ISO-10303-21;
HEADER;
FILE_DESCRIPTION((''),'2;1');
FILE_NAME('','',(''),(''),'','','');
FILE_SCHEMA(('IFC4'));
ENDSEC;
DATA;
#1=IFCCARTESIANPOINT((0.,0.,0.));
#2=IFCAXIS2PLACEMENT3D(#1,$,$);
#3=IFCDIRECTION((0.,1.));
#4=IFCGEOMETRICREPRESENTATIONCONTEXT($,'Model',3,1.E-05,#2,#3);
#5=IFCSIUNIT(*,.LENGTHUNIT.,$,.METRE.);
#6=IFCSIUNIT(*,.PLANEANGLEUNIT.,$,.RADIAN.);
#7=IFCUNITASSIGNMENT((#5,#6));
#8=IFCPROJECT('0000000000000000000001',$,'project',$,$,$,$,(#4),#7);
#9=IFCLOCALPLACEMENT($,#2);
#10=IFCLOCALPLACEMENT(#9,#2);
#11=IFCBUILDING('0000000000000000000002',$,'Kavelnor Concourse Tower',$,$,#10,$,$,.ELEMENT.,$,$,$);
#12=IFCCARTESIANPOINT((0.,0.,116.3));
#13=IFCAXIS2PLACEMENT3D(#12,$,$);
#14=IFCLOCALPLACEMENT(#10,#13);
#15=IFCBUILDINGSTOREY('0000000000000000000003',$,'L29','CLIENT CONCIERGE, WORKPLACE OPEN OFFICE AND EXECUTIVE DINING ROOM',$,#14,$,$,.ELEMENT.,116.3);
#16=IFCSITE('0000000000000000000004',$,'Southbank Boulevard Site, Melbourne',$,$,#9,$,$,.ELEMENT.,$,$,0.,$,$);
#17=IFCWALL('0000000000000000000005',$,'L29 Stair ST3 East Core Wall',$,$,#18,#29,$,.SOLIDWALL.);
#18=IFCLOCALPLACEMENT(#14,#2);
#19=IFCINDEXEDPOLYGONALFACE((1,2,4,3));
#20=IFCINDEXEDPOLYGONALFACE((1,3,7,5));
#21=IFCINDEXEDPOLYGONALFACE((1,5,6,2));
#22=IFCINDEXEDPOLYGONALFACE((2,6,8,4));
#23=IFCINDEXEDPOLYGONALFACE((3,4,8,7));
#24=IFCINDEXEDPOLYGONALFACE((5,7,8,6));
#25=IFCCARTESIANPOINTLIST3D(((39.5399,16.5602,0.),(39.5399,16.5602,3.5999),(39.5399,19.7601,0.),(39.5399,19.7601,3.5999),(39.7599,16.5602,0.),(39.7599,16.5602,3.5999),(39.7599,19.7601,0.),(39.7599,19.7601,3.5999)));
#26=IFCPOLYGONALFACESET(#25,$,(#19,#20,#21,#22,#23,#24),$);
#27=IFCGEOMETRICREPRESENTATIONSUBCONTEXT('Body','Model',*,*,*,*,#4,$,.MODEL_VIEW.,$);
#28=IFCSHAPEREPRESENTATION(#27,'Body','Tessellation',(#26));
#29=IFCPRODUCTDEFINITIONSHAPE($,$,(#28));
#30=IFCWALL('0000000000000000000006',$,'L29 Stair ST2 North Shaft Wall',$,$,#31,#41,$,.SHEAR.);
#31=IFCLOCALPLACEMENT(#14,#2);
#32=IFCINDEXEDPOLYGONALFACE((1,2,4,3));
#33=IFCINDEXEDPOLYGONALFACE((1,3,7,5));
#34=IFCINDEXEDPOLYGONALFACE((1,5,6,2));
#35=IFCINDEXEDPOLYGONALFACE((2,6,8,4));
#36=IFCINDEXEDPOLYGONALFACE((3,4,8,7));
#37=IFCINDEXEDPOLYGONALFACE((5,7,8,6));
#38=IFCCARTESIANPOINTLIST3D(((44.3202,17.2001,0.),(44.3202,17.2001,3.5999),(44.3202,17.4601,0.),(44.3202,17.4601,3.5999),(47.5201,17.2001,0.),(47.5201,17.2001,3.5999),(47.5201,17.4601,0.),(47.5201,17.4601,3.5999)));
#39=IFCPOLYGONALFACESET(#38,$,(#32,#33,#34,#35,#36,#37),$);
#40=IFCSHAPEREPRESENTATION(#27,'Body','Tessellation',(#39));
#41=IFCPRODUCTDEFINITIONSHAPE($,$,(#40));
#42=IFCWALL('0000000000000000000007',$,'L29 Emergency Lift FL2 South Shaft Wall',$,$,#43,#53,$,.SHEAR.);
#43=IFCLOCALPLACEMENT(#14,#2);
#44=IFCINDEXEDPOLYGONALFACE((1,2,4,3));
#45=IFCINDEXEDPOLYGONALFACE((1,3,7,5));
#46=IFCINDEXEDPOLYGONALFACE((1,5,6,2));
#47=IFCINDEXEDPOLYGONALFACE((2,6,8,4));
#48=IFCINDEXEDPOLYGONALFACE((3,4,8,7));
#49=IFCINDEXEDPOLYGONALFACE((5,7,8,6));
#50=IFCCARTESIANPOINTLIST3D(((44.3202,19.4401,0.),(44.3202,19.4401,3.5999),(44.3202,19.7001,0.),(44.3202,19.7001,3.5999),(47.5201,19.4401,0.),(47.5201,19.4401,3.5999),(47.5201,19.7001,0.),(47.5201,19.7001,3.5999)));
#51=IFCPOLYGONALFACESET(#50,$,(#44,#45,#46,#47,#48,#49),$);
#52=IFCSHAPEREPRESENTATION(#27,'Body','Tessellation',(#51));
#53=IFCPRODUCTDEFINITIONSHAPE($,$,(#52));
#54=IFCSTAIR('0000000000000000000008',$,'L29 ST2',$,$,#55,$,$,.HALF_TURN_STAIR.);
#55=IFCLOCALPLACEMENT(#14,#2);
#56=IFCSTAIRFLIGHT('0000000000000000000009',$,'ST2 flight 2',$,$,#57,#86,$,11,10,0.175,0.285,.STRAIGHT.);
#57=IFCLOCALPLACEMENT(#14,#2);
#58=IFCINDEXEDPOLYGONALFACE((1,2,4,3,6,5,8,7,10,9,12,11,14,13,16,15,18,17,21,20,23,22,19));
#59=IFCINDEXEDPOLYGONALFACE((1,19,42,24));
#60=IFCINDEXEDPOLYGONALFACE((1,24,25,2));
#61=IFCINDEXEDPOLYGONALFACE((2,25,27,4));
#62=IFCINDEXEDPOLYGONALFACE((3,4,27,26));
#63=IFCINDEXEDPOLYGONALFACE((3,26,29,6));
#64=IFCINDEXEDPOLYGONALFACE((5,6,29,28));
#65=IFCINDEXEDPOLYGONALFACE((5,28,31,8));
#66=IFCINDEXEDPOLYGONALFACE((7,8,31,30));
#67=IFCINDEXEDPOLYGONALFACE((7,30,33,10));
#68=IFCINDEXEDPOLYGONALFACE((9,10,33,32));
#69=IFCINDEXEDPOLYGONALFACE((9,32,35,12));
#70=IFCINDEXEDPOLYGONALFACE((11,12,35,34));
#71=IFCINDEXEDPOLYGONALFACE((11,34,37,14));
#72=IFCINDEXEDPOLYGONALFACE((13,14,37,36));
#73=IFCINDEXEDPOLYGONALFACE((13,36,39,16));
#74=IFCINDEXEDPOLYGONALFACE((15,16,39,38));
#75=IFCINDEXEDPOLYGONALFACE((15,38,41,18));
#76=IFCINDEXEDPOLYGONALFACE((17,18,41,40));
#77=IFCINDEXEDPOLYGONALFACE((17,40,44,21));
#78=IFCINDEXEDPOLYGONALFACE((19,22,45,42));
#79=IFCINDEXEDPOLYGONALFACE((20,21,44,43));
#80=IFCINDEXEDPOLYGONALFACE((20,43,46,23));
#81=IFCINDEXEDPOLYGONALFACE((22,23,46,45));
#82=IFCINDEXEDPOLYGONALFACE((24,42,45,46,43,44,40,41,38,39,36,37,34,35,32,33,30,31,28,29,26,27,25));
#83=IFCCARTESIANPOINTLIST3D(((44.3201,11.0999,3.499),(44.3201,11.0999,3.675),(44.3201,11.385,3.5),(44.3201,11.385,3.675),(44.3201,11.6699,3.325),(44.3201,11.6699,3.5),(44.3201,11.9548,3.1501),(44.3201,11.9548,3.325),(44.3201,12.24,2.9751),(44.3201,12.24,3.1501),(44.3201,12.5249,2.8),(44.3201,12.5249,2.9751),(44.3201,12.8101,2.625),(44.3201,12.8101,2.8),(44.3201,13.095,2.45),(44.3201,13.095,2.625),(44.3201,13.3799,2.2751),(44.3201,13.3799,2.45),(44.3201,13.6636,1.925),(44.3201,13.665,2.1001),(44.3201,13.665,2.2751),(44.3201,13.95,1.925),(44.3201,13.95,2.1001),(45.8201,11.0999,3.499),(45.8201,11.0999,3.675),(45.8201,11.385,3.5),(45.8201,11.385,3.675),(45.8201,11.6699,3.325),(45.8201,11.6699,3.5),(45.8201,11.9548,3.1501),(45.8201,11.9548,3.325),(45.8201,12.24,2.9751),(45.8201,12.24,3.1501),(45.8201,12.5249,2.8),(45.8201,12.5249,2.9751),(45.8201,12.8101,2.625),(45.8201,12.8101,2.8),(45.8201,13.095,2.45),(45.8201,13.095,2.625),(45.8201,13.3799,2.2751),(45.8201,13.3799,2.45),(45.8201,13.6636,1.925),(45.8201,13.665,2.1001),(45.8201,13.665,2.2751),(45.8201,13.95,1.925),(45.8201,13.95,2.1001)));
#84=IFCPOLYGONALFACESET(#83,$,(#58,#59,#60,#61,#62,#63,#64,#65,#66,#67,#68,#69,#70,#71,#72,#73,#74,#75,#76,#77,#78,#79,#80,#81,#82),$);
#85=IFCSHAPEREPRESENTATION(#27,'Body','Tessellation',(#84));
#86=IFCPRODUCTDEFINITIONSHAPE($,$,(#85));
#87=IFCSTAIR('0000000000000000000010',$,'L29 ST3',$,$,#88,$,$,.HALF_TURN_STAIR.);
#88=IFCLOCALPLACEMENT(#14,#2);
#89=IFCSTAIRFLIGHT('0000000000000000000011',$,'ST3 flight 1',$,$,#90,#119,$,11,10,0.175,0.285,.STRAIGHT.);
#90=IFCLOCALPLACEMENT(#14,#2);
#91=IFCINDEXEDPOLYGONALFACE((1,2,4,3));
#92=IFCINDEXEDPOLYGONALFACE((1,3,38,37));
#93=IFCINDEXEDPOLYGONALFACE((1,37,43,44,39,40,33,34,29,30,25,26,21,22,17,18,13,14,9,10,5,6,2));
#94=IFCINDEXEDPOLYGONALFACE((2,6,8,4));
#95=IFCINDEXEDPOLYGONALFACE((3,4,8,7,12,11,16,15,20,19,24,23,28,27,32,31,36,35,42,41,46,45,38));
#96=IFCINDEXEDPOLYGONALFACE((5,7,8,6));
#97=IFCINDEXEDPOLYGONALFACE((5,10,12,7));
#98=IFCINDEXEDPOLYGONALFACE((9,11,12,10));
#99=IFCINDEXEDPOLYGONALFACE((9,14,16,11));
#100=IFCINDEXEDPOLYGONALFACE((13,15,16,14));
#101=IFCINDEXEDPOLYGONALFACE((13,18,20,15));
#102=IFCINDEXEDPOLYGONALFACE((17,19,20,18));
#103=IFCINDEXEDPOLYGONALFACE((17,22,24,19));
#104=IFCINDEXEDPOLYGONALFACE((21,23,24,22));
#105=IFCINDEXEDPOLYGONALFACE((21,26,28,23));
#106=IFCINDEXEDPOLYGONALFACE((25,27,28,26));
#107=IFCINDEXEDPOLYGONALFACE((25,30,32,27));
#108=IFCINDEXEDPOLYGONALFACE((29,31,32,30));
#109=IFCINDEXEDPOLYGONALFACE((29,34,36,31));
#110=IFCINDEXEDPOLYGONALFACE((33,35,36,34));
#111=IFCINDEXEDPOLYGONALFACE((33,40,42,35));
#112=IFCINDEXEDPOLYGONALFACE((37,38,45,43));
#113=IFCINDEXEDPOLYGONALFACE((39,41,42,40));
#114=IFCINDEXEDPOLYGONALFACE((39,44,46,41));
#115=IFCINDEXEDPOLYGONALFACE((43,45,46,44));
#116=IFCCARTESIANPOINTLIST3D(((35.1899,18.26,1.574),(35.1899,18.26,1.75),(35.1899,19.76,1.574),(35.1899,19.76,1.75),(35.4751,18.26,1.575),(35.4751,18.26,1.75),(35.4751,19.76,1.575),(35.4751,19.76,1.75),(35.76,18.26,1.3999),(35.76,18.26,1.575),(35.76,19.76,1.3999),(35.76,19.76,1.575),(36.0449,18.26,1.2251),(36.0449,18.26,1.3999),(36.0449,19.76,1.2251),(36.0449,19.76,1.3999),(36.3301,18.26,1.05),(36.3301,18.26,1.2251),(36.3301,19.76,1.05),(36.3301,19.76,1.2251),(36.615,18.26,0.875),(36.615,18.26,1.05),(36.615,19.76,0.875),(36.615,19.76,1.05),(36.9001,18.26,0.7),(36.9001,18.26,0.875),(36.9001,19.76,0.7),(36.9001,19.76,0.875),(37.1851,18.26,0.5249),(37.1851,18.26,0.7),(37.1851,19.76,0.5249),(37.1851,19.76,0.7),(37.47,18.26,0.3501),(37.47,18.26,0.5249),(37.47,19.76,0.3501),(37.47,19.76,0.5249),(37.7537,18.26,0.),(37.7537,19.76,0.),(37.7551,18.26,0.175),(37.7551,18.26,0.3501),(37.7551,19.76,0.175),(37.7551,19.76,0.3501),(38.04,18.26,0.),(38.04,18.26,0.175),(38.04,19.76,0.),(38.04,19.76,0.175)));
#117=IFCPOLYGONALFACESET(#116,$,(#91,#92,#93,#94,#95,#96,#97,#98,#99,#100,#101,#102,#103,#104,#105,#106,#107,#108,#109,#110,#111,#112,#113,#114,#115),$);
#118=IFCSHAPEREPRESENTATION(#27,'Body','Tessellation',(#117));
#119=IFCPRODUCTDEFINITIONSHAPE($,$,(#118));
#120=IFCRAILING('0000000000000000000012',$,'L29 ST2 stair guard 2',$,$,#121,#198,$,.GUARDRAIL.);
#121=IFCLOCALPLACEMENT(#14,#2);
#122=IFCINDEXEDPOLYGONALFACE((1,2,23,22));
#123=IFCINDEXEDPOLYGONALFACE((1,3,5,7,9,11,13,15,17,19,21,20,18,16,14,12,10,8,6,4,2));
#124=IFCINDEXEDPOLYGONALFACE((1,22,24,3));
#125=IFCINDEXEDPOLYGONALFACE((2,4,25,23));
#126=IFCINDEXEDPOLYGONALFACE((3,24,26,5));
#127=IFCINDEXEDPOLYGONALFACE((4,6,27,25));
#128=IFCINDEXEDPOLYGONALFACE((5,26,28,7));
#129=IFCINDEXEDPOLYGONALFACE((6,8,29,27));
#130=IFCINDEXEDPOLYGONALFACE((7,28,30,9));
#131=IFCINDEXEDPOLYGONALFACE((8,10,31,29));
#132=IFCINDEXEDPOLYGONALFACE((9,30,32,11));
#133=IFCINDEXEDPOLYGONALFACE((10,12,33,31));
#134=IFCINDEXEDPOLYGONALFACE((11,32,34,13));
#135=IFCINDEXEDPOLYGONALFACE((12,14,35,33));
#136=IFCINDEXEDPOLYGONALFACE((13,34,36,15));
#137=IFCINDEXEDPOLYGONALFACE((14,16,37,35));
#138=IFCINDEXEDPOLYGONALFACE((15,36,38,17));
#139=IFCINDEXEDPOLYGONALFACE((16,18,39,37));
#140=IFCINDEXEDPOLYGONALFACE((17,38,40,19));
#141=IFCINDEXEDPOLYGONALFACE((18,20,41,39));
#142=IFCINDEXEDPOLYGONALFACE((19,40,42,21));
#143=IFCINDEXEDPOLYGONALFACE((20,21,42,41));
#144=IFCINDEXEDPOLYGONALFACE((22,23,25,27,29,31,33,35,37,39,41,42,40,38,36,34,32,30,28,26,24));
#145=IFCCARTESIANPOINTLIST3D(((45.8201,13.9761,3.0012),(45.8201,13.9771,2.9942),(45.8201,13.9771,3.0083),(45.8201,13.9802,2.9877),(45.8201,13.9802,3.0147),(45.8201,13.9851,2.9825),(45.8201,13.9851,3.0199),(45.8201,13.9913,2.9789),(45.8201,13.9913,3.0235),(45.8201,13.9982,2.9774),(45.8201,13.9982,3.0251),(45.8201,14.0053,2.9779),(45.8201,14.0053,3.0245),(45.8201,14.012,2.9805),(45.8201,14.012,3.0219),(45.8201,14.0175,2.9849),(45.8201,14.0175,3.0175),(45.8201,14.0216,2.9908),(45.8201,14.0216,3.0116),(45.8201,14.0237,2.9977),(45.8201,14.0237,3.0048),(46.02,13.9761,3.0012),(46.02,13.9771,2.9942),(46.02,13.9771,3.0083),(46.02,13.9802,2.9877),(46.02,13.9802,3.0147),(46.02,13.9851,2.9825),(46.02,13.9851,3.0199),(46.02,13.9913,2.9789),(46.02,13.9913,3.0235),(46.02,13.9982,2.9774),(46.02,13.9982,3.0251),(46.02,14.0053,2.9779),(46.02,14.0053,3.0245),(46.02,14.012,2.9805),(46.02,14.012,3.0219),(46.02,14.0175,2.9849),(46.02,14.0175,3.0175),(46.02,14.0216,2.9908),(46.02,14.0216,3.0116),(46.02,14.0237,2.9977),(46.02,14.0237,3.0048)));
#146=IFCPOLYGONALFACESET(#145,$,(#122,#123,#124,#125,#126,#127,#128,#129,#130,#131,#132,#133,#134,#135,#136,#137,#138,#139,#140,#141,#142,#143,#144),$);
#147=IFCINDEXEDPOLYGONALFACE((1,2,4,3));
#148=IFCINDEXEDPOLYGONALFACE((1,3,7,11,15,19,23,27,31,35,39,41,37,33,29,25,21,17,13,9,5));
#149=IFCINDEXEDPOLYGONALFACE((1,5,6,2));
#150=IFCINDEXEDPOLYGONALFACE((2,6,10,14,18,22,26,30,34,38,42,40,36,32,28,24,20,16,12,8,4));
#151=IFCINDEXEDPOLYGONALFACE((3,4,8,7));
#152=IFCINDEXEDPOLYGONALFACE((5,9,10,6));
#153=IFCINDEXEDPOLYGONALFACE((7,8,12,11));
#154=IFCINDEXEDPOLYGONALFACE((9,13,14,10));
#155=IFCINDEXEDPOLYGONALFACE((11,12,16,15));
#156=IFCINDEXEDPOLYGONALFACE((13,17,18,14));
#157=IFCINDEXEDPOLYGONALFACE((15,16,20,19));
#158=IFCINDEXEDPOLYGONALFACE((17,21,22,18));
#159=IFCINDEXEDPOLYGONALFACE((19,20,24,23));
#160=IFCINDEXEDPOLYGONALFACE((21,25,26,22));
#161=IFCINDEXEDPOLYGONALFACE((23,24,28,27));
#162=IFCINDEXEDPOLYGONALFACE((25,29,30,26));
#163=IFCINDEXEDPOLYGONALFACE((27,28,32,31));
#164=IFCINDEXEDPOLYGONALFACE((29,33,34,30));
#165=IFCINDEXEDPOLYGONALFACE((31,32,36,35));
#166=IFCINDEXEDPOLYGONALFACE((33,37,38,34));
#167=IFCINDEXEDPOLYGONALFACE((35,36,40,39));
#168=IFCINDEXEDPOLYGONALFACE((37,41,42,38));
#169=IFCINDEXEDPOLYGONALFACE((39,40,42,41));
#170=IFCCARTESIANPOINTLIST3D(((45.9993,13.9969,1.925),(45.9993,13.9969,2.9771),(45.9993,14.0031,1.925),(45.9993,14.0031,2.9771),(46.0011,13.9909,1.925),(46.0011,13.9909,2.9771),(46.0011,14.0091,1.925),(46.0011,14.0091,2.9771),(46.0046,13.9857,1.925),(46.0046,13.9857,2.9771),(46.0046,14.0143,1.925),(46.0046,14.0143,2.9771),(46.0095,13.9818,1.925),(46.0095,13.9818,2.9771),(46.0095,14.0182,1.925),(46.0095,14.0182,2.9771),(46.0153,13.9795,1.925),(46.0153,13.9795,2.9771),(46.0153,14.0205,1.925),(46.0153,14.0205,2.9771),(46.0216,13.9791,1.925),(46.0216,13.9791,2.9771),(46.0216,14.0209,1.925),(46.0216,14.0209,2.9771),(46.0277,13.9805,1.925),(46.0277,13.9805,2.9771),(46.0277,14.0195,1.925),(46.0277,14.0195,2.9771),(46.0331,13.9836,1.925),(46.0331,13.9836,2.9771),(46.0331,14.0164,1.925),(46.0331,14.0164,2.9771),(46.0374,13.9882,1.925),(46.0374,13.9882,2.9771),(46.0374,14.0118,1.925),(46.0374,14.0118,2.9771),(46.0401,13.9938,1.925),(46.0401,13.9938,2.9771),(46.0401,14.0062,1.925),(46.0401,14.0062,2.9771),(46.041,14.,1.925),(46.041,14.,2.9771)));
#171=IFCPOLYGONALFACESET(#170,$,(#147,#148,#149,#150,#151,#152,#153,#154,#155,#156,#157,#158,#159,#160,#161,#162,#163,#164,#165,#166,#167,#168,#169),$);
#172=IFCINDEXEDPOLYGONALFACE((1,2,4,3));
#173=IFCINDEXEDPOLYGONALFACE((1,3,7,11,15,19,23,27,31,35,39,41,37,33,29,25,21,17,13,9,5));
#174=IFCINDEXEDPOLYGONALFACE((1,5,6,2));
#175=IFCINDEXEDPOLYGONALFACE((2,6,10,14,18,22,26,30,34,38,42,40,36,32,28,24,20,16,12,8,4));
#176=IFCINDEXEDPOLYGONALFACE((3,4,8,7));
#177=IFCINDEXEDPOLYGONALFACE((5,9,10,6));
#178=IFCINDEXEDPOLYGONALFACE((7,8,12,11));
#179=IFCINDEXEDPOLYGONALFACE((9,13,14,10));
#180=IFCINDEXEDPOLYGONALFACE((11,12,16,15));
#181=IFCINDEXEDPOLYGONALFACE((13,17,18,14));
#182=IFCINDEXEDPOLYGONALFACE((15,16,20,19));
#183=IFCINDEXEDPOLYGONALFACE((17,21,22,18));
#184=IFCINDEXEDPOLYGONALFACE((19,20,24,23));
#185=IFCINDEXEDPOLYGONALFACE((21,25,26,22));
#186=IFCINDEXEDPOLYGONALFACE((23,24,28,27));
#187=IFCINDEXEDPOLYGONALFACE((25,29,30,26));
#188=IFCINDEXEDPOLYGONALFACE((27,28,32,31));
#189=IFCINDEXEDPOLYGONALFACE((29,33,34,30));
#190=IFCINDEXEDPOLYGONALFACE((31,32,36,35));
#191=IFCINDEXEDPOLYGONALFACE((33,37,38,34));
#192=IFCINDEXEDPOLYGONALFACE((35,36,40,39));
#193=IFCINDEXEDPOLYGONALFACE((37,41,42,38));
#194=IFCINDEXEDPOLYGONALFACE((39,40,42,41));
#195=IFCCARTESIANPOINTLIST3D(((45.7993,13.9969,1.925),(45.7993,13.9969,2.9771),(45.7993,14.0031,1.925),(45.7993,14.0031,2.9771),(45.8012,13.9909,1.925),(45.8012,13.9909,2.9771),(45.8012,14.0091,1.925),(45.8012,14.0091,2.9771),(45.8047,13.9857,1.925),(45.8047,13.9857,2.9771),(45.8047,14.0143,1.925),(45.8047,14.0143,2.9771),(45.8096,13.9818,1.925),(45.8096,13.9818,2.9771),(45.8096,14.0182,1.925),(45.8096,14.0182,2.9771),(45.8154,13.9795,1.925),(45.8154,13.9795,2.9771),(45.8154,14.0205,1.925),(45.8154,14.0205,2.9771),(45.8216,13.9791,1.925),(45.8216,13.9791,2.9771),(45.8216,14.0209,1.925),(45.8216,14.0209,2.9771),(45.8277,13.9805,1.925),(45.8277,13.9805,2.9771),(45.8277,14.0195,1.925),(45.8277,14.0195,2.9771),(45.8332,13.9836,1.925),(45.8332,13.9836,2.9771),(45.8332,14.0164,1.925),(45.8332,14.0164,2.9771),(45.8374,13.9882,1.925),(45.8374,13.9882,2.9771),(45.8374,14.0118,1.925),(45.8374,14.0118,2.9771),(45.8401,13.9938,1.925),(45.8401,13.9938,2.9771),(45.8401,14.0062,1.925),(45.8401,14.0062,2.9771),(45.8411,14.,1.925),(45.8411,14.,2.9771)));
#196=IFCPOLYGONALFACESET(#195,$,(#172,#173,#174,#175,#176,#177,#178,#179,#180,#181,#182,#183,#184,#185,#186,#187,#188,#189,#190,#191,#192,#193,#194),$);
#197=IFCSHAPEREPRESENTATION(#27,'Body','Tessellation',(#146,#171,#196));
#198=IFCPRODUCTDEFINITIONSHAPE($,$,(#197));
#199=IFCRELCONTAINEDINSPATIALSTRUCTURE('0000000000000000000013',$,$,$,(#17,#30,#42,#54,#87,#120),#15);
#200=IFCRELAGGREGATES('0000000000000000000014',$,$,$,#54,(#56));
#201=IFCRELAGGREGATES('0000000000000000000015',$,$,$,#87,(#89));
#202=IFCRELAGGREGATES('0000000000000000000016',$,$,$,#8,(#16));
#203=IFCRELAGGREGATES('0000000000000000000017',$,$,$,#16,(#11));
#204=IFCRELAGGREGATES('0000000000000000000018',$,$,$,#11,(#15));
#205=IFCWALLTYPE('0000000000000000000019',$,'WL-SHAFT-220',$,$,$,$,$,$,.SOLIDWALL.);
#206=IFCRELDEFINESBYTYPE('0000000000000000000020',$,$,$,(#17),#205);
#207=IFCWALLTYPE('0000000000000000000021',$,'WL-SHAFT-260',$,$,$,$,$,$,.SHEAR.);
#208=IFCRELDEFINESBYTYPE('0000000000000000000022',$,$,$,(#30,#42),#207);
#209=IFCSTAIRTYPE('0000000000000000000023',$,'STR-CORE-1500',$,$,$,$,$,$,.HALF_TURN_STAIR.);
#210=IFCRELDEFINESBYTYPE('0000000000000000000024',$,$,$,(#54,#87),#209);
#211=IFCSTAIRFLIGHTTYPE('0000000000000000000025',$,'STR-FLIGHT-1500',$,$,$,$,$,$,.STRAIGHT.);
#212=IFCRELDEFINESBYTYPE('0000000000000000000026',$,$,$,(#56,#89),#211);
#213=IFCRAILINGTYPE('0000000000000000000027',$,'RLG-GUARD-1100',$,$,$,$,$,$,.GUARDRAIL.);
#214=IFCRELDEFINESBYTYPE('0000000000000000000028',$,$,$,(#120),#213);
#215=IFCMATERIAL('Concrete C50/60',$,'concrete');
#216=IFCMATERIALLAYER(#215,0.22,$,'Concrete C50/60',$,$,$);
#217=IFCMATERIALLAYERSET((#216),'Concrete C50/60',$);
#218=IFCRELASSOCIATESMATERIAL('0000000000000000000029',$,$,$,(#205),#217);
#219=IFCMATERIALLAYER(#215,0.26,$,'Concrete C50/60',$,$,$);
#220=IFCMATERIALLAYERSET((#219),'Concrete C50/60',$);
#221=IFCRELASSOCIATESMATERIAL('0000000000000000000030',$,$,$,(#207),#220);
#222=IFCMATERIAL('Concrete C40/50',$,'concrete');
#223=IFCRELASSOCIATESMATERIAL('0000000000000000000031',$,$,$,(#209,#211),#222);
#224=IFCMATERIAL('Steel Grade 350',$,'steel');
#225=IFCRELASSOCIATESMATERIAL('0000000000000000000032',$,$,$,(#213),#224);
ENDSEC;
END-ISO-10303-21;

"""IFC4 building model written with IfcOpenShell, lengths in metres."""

from ifc_helpers import new_model, si_unit, direction, frame, frame_2d, origin, origin_2d, place, context, subcontext, project, spatial, polyline, rectangle, circle, outline, extrude, material, layer, layer_set, type_object, element, aggregate, save


model = new_model("IFC4")

# Units and contexts
model_context = context("Model", 3, precision=1e-05, world=origin(), true_north=direction((0.0, 1.0)))
body_context = subcontext(model_context, "Body", "Model", "MODEL_VIEW")
ifc_project = project(units=[si_unit("LENGTHUNIT", "METRE"), si_unit("PLANEANGLEUNIT", "RADIAN")], contexts=[model_context])

# Site, building, storey
site_placement = place(None, origin())
site = spatial("IfcSite", under=ifc_project, at=site_placement, Name="Southbank Boulevard Site, Melbourne", CompositionType="ELEMENT", RefElevation=0.0)
building_placement = place(site_placement, origin())
building = spatial("IfcBuilding", under=site, at=building_placement, Name="Kavelnor Concourse Tower", CompositionType="ELEMENT")
storey_placement = place(building_placement, frame((0.0, 0.0, 116.3)))
storey = spatial("IfcBuildingStorey", under=building, at=storey_placement, Name="L29", Description="CLIENT CONCIERGE, WORKPLACE OPEN OFFICE AND EXECUTIVE DINING ROOM", CompositionType="ELEMENT", Elevation=116.3)

# Shared definitions
ifc_material_1 = material(Name="Steel Grade 350", Category="steel")

# Walls
ifc_material_2 = material(Name="Concrete C50/60", Category="concrete")
ifc_layer_1 = layer(ifc_material_2, 0.22, Name="Concrete C50/60")
ifc_layer_set_1 = layer_set([ifc_layer_1], Name="Concrete C50/60")
wall_type_1 = type_object("IfcWallType", Name="WL-SHAFT-220", PredefinedType="SOLIDWALL", material=ifc_layer_set_1)
wall_1_placement = place(storey_placement, frame((39.6499, 16.5601, 0.0), z_axis=(0.0, 0.0, 1.0), x_axis=(0.0, 1.0, 0.0)))
element("IfcWall", 1, at=wall_1_placement, inside=storey, type_object=wall_type_1, Name="L29 Stair ST3 East Core Wall", PredefinedType="SOLIDWALL", context=body_context, shape_type="SweptSolid", body=[
    extrude(rectangle(XDim=3.2, YDim=0.22, at=frame_2d((1.6001, 0.0))), origin(), (0.0, 0.0, 1.0), 3.5999),
])
ifc_layer_2 = layer(ifc_material_2, 0.26, Name="Concrete C50/60")
ifc_layer_set_2 = layer_set([ifc_layer_2], Name="Concrete C50/60")
wall_type_2 = type_object("IfcWallType", Name="WL-SHAFT-260", PredefinedType="SHEAR", material=ifc_layer_set_2)
for number, where, z_axis, x_axis, name in (
    (2, (44.3201, 17.3301, 0.0), (0.0, 0.0, 1.0), (1.0, 0.0, 0.0), "L29 Stair ST2 North Shaft Wall"),
    (3, (44.3201, 19.5701, 0.0), (0.0, 0.0, 1.0), (1.0, 0.0, 0.0), "L29 Emergency Lift FL2 South Shaft Wall"),
):
    element("IfcWall", number, at=place(storey_placement, frame(where, z_axis=z_axis, x_axis=x_axis)), inside=storey, type_object=wall_type_2, Name=name, PredefinedType="SHEAR", context=body_context, shape_type="SweptSolid", body=[
        extrude(rectangle(XDim=3.2, YDim=0.26, at=frame_2d((1.6001, 0.0))), origin(), (0.0, 0.0, 1.0), 3.5999),
    ])

# Stairs, stair flights
ifc_material_3 = material(Name="Concrete C40/50", Category="concrete")
stair_type = type_object("IfcStairType", Name="STR-CORE-1500", PredefinedType="HALF_TURN_STAIR", material=ifc_material_3)
stair_1_placement = place(storey_placement, origin())
stair_1 = element("IfcStair", 4, at=stair_1_placement, inside=storey, type_object=stair_type, Name="L29 ST2", PredefinedType="HALF_TURN_STAIR")
stair_flight_type = type_object("IfcStairFlightType", Name="STR-FLIGHT-1500", PredefinedType="STRAIGHT", material=ifc_material_3)
stair_flight_1_placement = place(storey_placement, frame((45.0701, 13.95, 1.925), z_axis=(0.0, 0.0, 1.0), x_axis=(0.0, -1.0, 0.0)))
stair_flight_1 = element("IfcStairFlight", 5, at=stair_flight_1_placement, type_object=stair_flight_type, Name="ST2 flight 2", NumberOfRisers=11, NumberOfTreads=10, PredefinedType="STRAIGHT", RiserHeight=0.175, TreadLength=0.285, context=body_context, shape_type="SweptSolid", body=[
    extrude(outline(polyline([(0.0, 0.0), (0.0, 0.175), (0.2849, 0.175), (0.2849, 0.3501), (0.5701, 0.3501), (0.5701, 0.5249), (0.855, 0.5249), (0.855, 0.7), (1.1399, 0.7), (1.1399, 0.875), (1.425, 0.875), (1.425, 1.05), (1.71, 1.05), (1.71, 1.2251), (1.9951, 1.2251), (1.9951, 1.3999), (2.28, 1.3999), (2.28, 1.575), (2.5649, 1.575), (2.5649, 1.75), (2.8501, 1.75), (2.8501, 1.925), (2.8501, 1.574), (0.2864, 0.0), (0.0, 0.0)])), frame((0.0, 0.75, 0.0), z_axis=(0.0, -1.0, 0.0), x_axis=(1.0, 0.0, 0.0)), (0.0, 0.0, 1.0), 1.5),
])
aggregate(stair_1, [stair_flight_1])
stair_2_placement = place(storey_placement, origin())
stair_2 = element("IfcStair", 6, at=stair_2_placement, inside=storey, type_object=stair_type, Name="L29 ST3", PredefinedType="HALF_TURN_STAIR")
stair_flight_2_placement = place(storey_placement, frame((38.04, 19.01, 0.0), z_axis=(0.0, 0.0, 1.0), x_axis=(-1.0, 0.0, 0.0)))
stair_flight_2 = element("IfcStairFlight", 7, at=stair_flight_2_placement, type_object=stair_flight_type, Name="ST3 flight 1", NumberOfRisers=11, NumberOfTreads=10, PredefinedType="STRAIGHT", RiserHeight=0.175, TreadLength=0.285, context=body_context, shape_type="SweptSolid", body=[
    extrude(outline(polyline([(0.0, 0.0), (0.0, 0.175), (0.2849, 0.175), (0.2849, 0.3501), (0.5701, 0.3501), (0.5701, 0.5249), (0.855, 0.5249), (0.855, 0.7), (1.1399, 0.7), (1.1399, 0.875), (1.425, 0.875), (1.425, 1.05), (1.71, 1.05), (1.71, 1.2251), (1.9951, 1.2251), (1.9951, 1.3999), (2.28, 1.3999), (2.28, 1.575), (2.5649, 1.575), (2.5649, 1.75), (2.8501, 1.75), (2.8501, 1.925), (2.8501, 1.574), (0.2864, 0.0), (0.0, 0.0)])), frame((0.0, 0.75, 0.0), z_axis=(0.0, -1.0, 0.0), x_axis=(1.0, 0.0, 0.0)), (0.0, 0.0, 1.0), 1.5),
])
aggregate(stair_2, [stair_flight_2])

# Railing
railing_type_1 = type_object("IfcRailingType", Name="RLG-GUARD-1100", PredefinedType="GUARDRAIL", material=ifc_material_1)
railing_1_placement = place(storey_placement, frame((46.02, 14.0, 1.925)))
element("IfcRailing", 8, at=railing_1_placement, inside=storey, type_object=railing_type_1, Name="L29 ST2 stair guard 2", PredefinedType="GUARDRAIL", context=body_context, shape_type="SweptSolid", body=[
    extrude(circle(Radius=0.0239, at=origin_2d()), frame((0.0, 0.0, 1.0762), z_axis=(-1.0, 0.0, 0.0), x_axis=(0.0, -1.0, 0.0)), (0.0, 0.0, 1.0), 0.2),
    extrude(circle(Radius=0.021, at=origin_2d()), origin(), (0.0, 0.0, 1.0), 1.052),
    extrude(circle(Radius=0.021, at=origin_2d()), frame((-0.2, 0.0, 0.0)), (0.0, 0.0, 1.0), 1.052),
])

save(model, "model.ifc")
